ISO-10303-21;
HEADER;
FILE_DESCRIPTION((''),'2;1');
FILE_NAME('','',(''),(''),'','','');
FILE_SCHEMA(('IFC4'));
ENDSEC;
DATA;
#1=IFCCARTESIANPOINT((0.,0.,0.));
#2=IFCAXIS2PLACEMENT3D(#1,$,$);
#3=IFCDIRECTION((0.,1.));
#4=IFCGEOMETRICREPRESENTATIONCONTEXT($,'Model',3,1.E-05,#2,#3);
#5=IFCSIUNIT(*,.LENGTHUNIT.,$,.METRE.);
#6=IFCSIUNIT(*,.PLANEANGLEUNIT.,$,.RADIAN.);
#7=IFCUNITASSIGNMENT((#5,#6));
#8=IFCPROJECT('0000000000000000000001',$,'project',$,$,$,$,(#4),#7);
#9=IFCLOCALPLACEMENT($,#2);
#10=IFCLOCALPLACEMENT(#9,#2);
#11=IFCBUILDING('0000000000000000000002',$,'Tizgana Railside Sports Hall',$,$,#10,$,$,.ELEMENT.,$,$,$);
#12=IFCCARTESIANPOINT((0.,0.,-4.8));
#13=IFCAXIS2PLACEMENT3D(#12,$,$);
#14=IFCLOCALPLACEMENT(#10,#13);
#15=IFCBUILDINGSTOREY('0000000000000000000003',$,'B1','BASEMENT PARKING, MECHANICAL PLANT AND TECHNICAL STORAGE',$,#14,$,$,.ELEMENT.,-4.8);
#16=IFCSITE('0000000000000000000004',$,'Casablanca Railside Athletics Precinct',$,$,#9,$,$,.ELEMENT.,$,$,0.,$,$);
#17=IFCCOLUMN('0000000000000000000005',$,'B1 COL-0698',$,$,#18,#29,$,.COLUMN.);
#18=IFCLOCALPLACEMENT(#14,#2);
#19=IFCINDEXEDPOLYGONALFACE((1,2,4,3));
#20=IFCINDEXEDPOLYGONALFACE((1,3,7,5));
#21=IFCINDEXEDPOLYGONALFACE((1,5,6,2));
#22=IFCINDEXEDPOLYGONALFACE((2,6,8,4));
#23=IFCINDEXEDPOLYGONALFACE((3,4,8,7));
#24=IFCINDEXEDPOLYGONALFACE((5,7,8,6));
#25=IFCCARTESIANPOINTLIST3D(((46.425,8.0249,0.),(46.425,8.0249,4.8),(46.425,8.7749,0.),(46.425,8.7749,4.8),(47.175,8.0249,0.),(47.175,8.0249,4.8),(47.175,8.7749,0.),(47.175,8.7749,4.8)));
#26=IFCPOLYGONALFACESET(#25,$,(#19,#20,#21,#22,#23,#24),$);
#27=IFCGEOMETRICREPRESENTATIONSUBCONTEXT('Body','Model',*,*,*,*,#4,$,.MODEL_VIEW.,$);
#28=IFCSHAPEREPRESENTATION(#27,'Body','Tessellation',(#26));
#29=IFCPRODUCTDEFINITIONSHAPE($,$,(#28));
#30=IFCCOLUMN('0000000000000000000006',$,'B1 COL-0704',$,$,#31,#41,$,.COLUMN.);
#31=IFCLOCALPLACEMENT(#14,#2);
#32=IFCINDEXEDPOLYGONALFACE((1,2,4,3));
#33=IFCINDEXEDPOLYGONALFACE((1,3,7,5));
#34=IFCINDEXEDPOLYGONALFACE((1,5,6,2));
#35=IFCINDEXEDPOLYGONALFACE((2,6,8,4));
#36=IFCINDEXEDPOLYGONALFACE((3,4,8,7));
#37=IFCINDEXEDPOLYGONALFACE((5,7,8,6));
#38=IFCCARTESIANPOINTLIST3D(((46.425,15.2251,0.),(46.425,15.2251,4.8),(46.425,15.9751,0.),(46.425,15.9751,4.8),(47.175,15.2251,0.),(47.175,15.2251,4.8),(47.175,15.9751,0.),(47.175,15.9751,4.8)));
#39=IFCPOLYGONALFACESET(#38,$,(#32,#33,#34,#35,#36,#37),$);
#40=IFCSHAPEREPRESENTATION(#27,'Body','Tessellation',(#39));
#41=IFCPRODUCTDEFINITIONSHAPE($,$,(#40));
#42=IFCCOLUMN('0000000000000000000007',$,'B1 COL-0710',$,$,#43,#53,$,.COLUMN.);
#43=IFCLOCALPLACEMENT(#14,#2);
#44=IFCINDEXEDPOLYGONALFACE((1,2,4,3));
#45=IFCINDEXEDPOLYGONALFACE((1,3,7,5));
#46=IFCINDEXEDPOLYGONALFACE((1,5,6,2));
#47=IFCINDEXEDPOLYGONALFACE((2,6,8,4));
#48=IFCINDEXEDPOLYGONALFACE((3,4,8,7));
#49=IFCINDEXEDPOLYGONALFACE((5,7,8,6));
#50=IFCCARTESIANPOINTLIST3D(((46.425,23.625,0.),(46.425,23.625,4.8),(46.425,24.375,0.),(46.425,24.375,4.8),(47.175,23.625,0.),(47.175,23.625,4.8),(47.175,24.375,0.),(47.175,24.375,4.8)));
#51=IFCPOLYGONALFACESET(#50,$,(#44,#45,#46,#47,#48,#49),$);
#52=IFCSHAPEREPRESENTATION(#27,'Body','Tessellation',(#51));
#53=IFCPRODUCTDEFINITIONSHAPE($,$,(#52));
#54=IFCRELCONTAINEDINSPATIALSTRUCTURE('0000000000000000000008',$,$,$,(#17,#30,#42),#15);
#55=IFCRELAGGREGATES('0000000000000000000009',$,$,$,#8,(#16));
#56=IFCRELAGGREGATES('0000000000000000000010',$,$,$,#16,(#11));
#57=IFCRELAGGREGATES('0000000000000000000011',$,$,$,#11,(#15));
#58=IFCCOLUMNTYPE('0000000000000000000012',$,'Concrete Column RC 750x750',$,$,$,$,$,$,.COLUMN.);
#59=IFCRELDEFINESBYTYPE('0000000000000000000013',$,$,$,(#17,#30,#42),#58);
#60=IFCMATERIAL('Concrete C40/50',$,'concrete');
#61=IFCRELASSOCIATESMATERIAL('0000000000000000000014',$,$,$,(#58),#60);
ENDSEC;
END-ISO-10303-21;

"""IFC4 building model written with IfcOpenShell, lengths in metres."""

from ifc_helpers import new_model, si_unit, direction, frame, origin, origin_2d, place, context, subcontext, project, spatial, rectangle, extrude, material, material_profile, profile_set, type_object, element, save


model = new_model("IFC4")

# Units and contexts
model_context = context("Model", 3, precision=1e-05, world=origin(), true_north=direction((0.0, 1.0)))
body_context = subcontext(model_context, "Body", "Model", "MODEL_VIEW")
ifc_project = project(units=[si_unit("LENGTHUNIT", "METRE"), si_unit("PLANEANGLEUNIT", "RADIAN")], contexts=[model_context])

# Site, building, storey
site_placement = place(None, origin())
site = spatial("IfcSite", under=ifc_project, at=site_placement, Name="Casablanca Railside Athletics Precinct", CompositionType="ELEMENT", RefElevation=0.0)
building_placement = place(site_placement, origin())
building = spatial("IfcBuilding", under=site, at=building_placement, Name="Tizgana Railside Sports Hall", CompositionType="ELEMENT")
storey_placement = place(building_placement, frame((0.0, 0.0, -4.8)))
storey = spatial("IfcBuildingStorey", under=building, at=storey_placement, Name="B1", Description="BASEMENT PARKING, MECHANICAL PLANT AND TECHNICAL STORAGE", CompositionType="ELEMENT", Elevation=-4.8)

# Columns
ifc_material_1 = material(Name="Concrete C40/50", Category="concrete")
ifc_material_profile_1 = material_profile(ifc_material_1, rectangle(XDim=0.75, YDim=0.75, at=origin_2d()), Name="RC 750x750")
ifc_profile_set_1 = profile_set([ifc_material_profile_1], Name="Concrete C40/50")
column_type = type_object("IfcColumnType", Name="Concrete Column RC 750x750", PredefinedType="COLUMN", material=ifc_profile_set_1)
for number, where, z_axis, x_axis, name in (
    (1, (46.8, 8.3999, 0.0), (0.0, 0.0, 1.0), (1.0, 0.0, 0.0), "B1 COL-0698"),
    (2, (46.8, 15.6001, 0.0), (0.0, 0.0, 1.0), (1.0, 0.0, 0.0), "B1 COL-0704"),
    (3, (46.8, 24.0, 0.0), (0.0, 0.0, 1.0), (1.0, 0.0, 0.0), "B1 COL-0710"),
):
    element("IfcColumn", number, at=place(storey_placement, frame(where, z_axis=z_axis, x_axis=x_axis)), inside=storey, type_object=column_type, Name=name, PredefinedType="COLUMN", context=body_context, shape_type="SweptSolid", body=[
        extrude(rectangle(XDim=0.75, YDim=0.75, at=origin_2d()), origin(), (0.0, 0.0, 1.0), 4.8),
    ])

save(model, "model.ifc")
